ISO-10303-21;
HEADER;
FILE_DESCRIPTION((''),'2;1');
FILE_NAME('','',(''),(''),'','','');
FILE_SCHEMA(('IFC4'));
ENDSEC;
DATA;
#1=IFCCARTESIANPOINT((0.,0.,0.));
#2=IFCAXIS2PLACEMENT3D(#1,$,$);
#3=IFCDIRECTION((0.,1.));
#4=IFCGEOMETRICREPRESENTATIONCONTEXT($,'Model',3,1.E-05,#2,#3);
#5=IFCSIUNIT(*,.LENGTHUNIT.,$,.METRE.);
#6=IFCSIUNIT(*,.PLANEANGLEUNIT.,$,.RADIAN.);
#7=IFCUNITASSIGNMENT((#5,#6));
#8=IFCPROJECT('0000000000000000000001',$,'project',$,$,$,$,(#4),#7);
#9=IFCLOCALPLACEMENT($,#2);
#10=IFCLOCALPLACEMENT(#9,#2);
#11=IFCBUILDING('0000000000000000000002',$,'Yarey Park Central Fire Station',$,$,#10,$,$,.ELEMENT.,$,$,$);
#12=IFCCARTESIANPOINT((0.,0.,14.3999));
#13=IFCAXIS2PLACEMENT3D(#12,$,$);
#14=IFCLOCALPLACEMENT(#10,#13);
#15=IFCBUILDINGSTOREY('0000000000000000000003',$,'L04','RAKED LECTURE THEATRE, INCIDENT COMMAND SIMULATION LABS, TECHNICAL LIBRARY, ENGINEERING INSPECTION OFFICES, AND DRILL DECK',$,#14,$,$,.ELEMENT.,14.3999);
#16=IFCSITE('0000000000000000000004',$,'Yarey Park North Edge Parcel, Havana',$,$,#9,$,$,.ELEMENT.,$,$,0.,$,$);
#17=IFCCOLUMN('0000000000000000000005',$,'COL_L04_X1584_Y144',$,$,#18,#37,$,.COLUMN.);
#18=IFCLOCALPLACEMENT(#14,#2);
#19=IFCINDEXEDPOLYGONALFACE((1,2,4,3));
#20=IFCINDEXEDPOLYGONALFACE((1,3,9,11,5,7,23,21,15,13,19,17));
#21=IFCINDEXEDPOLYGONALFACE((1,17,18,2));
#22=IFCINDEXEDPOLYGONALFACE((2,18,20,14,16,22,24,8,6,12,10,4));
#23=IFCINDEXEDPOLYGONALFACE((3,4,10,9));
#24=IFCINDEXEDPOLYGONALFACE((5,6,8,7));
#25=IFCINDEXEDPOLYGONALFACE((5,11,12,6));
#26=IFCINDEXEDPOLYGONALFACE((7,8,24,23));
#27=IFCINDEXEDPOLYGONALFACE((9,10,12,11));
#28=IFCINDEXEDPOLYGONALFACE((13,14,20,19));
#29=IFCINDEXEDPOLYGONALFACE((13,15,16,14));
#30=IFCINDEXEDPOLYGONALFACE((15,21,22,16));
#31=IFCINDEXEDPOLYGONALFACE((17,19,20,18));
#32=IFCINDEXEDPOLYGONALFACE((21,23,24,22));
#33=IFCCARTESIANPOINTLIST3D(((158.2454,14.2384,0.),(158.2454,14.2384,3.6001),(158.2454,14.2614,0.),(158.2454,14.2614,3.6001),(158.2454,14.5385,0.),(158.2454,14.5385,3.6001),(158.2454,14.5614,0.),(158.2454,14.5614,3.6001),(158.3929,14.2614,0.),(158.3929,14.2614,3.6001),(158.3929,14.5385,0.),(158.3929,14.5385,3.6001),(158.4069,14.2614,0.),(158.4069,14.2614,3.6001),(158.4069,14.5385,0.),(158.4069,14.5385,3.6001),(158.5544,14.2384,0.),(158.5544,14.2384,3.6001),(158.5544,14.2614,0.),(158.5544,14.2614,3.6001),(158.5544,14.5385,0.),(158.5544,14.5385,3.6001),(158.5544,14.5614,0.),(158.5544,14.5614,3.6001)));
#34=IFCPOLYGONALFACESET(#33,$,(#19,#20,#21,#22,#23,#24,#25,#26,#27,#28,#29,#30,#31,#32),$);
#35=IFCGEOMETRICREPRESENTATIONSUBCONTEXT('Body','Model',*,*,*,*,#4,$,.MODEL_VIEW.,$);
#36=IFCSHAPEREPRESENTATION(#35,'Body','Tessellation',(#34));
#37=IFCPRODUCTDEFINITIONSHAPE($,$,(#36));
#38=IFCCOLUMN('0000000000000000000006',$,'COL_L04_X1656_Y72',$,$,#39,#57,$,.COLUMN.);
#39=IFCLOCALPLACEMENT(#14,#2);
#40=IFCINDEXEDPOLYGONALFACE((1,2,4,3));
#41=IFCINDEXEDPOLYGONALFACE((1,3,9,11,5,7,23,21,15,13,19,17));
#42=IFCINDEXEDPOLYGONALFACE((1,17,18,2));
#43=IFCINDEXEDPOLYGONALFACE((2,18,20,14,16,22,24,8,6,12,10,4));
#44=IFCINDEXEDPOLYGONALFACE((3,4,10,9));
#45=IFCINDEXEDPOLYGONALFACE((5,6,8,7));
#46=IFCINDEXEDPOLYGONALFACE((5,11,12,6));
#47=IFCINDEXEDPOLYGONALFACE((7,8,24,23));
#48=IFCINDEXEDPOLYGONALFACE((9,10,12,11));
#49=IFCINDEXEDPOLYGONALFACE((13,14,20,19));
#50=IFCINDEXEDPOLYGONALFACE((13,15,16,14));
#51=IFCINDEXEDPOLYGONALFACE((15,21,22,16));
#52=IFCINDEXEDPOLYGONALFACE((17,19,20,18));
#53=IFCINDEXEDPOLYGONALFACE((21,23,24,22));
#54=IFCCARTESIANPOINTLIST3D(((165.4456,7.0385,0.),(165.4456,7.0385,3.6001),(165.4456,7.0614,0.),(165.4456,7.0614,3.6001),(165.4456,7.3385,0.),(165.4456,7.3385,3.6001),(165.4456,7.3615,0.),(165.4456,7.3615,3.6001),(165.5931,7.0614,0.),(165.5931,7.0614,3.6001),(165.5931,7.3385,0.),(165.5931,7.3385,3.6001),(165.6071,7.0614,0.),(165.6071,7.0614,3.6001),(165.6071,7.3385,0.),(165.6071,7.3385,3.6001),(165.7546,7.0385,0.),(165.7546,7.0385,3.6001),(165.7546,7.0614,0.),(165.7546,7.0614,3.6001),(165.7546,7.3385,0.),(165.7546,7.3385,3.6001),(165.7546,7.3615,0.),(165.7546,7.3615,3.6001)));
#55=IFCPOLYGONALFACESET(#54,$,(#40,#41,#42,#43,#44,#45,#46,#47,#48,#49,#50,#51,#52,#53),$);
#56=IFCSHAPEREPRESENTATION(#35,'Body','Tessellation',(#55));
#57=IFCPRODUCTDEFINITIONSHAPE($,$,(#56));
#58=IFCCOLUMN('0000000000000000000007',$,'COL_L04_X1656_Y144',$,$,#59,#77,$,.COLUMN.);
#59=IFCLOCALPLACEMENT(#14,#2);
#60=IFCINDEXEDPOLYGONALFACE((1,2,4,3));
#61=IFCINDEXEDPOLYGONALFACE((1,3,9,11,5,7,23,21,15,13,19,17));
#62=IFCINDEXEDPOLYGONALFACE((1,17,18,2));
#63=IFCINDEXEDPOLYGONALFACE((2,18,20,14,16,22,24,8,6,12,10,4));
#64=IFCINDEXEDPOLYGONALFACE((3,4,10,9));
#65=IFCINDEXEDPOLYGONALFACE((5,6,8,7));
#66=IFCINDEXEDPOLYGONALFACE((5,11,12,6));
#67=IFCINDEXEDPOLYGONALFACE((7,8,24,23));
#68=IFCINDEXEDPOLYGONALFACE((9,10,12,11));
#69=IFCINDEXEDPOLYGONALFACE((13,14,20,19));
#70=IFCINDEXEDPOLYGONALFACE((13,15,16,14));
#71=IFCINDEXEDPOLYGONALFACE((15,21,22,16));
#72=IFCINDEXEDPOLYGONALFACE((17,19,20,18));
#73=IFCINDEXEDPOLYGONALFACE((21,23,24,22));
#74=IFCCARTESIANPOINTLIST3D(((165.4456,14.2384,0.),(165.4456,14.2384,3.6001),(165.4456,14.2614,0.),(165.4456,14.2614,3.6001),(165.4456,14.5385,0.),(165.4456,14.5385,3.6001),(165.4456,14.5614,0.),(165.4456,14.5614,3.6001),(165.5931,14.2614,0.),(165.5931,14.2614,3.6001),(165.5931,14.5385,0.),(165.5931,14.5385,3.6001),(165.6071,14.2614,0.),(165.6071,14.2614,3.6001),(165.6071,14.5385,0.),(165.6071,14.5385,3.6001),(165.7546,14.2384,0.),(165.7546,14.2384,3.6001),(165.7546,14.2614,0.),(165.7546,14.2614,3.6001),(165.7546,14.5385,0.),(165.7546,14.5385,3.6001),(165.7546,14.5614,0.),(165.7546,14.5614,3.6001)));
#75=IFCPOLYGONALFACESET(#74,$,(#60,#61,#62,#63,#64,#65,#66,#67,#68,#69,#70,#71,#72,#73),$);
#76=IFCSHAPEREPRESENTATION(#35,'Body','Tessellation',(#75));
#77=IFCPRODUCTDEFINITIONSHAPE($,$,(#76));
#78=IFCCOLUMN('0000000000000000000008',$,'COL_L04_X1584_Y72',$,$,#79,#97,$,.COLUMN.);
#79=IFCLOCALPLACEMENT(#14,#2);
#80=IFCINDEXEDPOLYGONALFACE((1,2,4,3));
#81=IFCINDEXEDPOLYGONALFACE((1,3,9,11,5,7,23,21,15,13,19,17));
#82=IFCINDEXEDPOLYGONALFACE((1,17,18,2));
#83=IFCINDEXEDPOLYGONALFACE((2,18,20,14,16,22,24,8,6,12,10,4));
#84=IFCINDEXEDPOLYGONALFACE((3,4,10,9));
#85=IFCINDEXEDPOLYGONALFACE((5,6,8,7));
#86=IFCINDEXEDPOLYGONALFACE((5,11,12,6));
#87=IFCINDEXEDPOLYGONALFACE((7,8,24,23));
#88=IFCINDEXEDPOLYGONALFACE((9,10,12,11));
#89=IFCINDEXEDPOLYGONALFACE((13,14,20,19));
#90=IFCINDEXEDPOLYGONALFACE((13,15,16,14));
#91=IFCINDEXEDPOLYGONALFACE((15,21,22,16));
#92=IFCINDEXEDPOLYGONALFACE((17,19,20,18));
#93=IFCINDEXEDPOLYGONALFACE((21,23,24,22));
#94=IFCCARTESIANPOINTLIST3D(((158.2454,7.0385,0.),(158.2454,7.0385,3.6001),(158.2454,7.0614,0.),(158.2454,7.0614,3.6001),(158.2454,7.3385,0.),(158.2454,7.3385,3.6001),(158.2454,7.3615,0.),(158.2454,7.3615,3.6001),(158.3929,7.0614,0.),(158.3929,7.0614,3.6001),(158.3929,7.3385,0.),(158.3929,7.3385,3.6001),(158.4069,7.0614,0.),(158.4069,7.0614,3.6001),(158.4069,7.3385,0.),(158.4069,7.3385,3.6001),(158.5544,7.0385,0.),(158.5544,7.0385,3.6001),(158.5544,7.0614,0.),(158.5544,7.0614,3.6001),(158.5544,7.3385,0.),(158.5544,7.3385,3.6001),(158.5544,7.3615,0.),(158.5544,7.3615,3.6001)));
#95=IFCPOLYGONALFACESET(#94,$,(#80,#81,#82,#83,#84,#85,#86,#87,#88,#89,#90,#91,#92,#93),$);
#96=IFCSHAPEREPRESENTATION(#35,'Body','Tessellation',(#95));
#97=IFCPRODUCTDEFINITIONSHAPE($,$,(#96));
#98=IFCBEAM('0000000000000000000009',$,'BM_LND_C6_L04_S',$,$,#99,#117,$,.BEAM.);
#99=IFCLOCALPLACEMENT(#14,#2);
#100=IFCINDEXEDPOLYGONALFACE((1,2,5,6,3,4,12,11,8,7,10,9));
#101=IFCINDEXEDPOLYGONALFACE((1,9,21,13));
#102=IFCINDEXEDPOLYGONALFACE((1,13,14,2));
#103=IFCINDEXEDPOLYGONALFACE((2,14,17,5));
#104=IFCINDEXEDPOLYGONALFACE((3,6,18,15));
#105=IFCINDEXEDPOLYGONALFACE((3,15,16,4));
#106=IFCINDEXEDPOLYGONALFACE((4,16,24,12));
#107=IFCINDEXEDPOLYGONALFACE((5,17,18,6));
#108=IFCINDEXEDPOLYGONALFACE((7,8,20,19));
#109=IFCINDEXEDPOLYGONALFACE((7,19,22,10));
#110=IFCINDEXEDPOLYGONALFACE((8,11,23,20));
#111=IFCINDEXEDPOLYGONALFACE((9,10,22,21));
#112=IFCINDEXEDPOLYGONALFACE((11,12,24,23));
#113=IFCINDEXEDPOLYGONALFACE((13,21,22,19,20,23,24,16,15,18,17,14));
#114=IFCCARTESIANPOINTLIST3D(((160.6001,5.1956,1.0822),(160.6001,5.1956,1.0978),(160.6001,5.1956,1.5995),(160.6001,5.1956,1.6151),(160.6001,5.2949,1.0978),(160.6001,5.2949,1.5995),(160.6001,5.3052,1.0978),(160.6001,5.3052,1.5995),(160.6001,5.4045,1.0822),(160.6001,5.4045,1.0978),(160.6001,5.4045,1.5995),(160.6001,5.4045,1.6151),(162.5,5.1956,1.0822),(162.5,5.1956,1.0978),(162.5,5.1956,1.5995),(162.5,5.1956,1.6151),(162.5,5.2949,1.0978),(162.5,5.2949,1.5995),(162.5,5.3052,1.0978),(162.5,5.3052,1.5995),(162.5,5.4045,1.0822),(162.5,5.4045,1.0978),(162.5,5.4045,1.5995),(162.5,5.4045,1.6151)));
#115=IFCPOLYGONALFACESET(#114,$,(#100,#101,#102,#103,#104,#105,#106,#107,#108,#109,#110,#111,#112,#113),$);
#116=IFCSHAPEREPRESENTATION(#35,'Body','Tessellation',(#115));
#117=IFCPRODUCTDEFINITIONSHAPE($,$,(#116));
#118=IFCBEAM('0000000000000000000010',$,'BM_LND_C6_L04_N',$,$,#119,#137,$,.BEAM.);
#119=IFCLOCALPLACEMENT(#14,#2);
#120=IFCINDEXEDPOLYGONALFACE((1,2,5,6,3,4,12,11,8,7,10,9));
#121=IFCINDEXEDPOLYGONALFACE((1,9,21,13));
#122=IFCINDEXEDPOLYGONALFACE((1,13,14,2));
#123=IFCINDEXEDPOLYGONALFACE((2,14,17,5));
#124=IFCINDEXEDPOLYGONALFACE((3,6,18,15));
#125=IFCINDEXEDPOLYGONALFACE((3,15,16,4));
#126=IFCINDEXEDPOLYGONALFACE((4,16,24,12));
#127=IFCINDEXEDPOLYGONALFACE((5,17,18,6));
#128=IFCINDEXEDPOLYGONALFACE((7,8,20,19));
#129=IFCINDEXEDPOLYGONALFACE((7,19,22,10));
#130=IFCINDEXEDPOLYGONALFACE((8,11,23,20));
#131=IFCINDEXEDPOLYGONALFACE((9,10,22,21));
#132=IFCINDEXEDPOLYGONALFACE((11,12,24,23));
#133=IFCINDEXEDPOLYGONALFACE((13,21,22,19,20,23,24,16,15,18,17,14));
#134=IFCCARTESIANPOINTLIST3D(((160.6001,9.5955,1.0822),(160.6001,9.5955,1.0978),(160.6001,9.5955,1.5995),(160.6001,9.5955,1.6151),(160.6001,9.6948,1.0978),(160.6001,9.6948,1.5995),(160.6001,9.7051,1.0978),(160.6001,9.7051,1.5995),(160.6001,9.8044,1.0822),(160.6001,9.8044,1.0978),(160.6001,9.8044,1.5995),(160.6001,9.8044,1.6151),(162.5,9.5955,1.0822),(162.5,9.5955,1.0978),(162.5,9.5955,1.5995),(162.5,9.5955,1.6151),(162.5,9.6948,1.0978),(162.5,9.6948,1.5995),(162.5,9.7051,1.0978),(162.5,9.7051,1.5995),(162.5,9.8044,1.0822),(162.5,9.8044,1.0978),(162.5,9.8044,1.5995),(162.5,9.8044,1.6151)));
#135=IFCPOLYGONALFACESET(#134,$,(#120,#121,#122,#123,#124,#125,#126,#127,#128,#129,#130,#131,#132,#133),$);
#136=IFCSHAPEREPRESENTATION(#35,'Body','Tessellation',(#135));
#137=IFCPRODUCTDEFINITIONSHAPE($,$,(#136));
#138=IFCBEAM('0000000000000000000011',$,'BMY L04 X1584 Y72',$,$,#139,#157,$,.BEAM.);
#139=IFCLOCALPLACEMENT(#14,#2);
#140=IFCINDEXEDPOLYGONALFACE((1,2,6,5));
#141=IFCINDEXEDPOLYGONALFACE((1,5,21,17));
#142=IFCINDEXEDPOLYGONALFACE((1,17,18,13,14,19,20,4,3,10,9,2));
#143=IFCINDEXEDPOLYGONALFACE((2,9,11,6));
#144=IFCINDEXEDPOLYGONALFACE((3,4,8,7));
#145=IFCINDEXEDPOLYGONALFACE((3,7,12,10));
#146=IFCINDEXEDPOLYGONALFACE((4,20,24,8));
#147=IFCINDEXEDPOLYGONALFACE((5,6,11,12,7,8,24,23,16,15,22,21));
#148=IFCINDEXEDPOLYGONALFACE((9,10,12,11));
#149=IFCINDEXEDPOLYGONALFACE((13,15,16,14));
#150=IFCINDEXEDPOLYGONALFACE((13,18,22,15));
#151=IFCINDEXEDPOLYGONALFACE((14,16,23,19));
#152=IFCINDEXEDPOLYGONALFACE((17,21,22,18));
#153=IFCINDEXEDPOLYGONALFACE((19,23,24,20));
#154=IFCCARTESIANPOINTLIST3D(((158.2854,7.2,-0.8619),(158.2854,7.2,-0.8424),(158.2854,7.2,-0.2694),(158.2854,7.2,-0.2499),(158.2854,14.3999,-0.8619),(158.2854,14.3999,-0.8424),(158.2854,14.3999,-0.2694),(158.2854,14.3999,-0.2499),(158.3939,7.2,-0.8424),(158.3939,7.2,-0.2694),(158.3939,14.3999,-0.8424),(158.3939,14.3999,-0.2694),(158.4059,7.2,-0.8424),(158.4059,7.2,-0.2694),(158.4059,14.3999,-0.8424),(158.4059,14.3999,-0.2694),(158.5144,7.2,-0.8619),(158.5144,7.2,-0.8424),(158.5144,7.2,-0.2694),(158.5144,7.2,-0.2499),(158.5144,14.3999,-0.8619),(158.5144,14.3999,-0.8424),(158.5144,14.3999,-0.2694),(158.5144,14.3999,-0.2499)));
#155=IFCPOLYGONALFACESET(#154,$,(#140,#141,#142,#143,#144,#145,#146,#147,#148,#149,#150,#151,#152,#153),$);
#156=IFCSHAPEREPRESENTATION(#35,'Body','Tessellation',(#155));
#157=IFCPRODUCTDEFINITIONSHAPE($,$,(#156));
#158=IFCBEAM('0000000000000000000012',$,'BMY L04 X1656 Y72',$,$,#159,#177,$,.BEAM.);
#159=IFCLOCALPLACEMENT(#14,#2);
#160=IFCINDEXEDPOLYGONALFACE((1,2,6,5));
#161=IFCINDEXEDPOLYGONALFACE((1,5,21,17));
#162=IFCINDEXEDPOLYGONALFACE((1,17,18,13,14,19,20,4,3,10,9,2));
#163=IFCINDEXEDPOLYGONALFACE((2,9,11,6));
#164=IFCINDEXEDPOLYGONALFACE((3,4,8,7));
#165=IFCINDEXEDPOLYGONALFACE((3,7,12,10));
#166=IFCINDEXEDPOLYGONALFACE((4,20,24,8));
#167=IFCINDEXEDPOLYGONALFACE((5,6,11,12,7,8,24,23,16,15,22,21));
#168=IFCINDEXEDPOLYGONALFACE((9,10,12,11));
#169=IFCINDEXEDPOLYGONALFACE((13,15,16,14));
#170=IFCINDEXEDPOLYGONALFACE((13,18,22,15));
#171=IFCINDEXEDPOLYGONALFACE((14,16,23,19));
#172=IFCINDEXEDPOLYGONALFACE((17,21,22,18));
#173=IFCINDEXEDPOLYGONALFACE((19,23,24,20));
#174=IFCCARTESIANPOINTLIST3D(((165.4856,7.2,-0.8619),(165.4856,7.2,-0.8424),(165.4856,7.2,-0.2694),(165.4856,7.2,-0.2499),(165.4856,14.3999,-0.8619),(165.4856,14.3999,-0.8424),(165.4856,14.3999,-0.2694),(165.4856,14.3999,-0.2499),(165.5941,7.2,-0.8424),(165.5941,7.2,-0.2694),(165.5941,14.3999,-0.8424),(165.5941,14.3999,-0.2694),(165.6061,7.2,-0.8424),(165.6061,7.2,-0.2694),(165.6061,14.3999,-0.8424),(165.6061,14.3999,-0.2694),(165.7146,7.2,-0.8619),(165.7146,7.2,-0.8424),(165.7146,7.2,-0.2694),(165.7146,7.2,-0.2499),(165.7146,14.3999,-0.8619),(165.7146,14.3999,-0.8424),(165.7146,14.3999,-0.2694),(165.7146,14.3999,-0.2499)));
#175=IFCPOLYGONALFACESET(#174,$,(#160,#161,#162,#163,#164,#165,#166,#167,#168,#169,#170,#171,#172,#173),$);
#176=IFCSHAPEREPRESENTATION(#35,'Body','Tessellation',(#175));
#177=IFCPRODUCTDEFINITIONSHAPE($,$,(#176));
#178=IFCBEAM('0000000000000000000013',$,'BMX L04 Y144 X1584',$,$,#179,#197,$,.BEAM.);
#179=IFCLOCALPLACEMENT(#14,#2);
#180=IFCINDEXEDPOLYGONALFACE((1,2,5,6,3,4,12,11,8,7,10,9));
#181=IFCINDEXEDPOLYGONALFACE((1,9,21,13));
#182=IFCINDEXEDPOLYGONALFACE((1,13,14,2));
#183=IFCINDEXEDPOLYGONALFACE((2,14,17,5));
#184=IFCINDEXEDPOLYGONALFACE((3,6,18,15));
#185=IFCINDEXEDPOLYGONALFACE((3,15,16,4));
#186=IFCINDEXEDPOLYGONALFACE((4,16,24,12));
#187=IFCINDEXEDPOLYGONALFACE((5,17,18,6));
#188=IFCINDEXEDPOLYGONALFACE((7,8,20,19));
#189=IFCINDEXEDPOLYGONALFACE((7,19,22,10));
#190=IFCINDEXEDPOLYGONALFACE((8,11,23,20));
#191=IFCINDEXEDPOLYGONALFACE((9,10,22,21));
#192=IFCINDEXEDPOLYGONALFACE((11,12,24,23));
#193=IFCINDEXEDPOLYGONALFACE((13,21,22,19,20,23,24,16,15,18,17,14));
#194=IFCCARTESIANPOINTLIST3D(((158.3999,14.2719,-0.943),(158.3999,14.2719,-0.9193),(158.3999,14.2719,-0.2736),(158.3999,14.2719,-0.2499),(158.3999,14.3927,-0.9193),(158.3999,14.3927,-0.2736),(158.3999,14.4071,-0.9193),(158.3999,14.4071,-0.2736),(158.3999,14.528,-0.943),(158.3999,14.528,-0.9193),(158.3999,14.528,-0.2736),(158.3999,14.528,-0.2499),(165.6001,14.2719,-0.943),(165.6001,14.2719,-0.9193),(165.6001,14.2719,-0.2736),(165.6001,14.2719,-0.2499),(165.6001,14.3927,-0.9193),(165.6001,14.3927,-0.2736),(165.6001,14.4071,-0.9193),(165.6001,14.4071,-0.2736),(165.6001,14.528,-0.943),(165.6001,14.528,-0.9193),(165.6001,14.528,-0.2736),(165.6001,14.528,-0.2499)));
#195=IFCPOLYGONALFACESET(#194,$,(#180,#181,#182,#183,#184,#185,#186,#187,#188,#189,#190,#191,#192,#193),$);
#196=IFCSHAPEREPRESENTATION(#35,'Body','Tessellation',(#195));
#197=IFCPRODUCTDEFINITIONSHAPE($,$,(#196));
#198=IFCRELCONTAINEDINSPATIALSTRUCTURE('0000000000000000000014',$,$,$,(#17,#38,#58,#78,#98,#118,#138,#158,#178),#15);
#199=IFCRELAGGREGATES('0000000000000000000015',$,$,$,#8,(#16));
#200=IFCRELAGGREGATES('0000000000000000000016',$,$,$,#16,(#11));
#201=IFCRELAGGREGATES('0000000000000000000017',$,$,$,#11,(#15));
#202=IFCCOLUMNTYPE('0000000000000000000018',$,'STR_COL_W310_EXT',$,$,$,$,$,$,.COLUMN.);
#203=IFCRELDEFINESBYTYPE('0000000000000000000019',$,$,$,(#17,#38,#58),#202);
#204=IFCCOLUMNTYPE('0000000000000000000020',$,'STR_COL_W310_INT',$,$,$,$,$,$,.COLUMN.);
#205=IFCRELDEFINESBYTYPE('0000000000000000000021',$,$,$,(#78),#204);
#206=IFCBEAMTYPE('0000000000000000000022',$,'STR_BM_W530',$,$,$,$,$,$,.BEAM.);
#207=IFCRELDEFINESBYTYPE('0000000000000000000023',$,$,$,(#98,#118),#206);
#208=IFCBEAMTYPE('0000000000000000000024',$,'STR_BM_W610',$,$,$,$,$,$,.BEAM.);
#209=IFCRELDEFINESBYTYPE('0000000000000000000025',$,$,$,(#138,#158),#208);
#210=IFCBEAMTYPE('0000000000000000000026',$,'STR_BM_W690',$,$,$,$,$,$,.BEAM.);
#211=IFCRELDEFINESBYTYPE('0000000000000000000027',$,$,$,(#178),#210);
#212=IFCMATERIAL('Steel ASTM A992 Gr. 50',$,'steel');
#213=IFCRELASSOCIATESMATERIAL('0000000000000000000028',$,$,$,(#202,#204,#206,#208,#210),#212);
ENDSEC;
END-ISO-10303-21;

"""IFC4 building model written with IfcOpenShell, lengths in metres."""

from ifc_helpers import new_model, si_unit, direction, frame, origin, origin_2d, place, context, subcontext, project, spatial, i_section, extrude, material, material_profile, profile_set, type_object, element, save


model = new_model("IFC4")

# Units and contexts
model_context = context("Model", 3, precision=1e-05, world=origin(), true_north=direction((0.0, 1.0)))
body_context = subcontext(model_context, "Body", "Model", "MODEL_VIEW")
ifc_project = project(units=[si_unit("LENGTHUNIT", "METRE"), si_unit("PLANEANGLEUNIT", "RADIAN")], contexts=[model_context])

# Site, building, storey
site_placement = place(None, origin())
site = spatial("IfcSite", under=ifc_project, at=site_placement, Name="Yarey Park North Edge Parcel, Havana", CompositionType="ELEMENT", RefElevation=0.0)
building_placement = place(site_placement, origin())
building = spatial("IfcBuilding", under=site, at=building_placement, Name="Yarey Park Central Fire Station", CompositionType="ELEMENT")
storey_placement = place(building_placement, frame((0.0, 0.0, 14.3999)))
storey = spatial("IfcBuildingStorey", under=building, at=storey_placement, Name="L04", Description="RAKED LECTURE THEATRE, INCIDENT COMMAND SIMULATION LABS, TECHNICAL LIBRARY, ENGINEERING INSPECTION OFFICES, AND DRILL DECK", CompositionType="ELEMENT", Elevation=14.3999)

# Columns
ifc_material_1 = material(Name="Steel ASTM A992 Gr. 50", Category="steel")
ifc_material_profile_1 = material_profile(ifc_material_1, i_section(OverallWidth=0.3091, OverallDepth=0.323, WebThickness=0.0139, FlangeThickness=0.0229, at=origin_2d()), Name="W310x143")
ifc_profile_set_1 = profile_set([ifc_material_profile_1], Name="Steel ASTM A992 Gr. 50")
column_type_1 = type_object("IfcColumnType", Name="STR_COL_W310_EXT", PredefinedType="COLUMN", material=ifc_profile_set_1)
for number, where, z_axis, x_axis, name in (
    (1, (158.3999, 14.3999, 0.0), (0.0, 0.0, 1.0), (1.0, 0.0, 0.0), "COL_L04_X1584_Y144"),
    (2, (165.6001, 7.2, 0.0), (0.0, 0.0, 1.0), (1.0, 0.0, 0.0), "COL_L04_X1656_Y72"),
    (3, (165.6001, 14.3999, 0.0), (0.0, 0.0, 1.0), (1.0, 0.0, 0.0), "COL_L04_X1656_Y144"),
):
    element("IfcColumn", number, at=place(storey_placement, frame(where, z_axis=z_axis, x_axis=x_axis)), inside=storey, type_object=column_type_1, Name=name, PredefinedType="COLUMN", context=body_context, shape_type="SweptSolid", body=[
        extrude(i_section(OverallWidth=0.3091, OverallDepth=0.323, WebThickness=0.0139, FlangeThickness=0.0229, at=origin_2d()), origin(), (0.0, 0.0, 1.0), 3.6001),
    ])
ifc_material_profile_2 = material_profile(ifc_material_1, i_section(OverallWidth=0.3091, OverallDepth=0.323, WebThickness=0.0139, FlangeThickness=0.0229, at=origin_2d()), Name="W310x143")
ifc_profile_set_2 = profile_set([ifc_material_profile_2], Name="Steel ASTM A992 Gr. 50")
column_type_2 = type_object("IfcColumnType", Name="STR_COL_W310_INT", PredefinedType="COLUMN", material=ifc_profile_set_2)
column_placement = place(storey_placement, frame((158.3999, 7.2, 0.0), z_axis=(0.0, 0.0, 1.0), x_axis=(1.0, 0.0, 0.0)))
element("IfcColumn", 4, at=column_placement, inside=storey, type_object=column_type_2, Name="COL_L04_X1584_Y72", PredefinedType="COLUMN", context=body_context, shape_type="SweptSolid", body=[
    extrude(i_section(OverallWidth=0.3091, OverallDepth=0.323, WebThickness=0.0139, FlangeThickness=0.0229, at=origin_2d()), origin(), (0.0, 0.0, 1.0), 3.6001),
])

# Beams
ifc_material_profile_3 = material_profile(ifc_material_1, i_section(OverallWidth=0.209, OverallDepth=0.533, WebThickness=0.0103, FlangeThickness=0.0156, at=origin_2d()), Name="W530x92")
ifc_profile_set_3 = profile_set([ifc_material_profile_3], Name="Steel ASTM A992 Gr. 50")
beam_type_1 = type_object("IfcBeamType", Name="STR_BM_W530", PredefinedType="BEAM", material=ifc_profile_set_3)
for number, where, z_axis, x_axis, name in (
    (5, (160.6001, 5.3, 1.3486), (1.0, 0.0, 0.0), (0.0, 1.0, 0.0), "BM_LND_C6_L04_S"),
    (6, (160.6001, 9.7, 1.3486), (1.0, 0.0, 0.0), (0.0, 1.0, 0.0), "BM_LND_C6_L04_N"),
):
    element("IfcBeam", number, at=place(storey_placement, frame(where, z_axis=z_axis, x_axis=x_axis)), inside=storey, type_object=beam_type_1, Name=name, PredefinedType="BEAM", context=body_context, shape_type="SweptSolid", body=[
        extrude(i_section(OverallWidth=0.209, OverallDepth=0.533, WebThickness=0.0103, FlangeThickness=0.0156, at=origin_2d()), origin(), (0.0, 0.0, 1.0), 1.8999),
    ])
ifc_material_profile_4 = material_profile(ifc_material_1, i_section(OverallWidth=0.229, OverallDepth=0.6121, WebThickness=0.012, FlangeThickness=0.0195, at=origin_2d()), Name="W610x125")
ifc_profile_set_4 = profile_set([ifc_material_profile_4], Name="Steel ASTM A992 Gr. 50")
beam_type_2 = type_object("IfcBeamType", Name="STR_BM_W610", PredefinedType="BEAM", material=ifc_profile_set_4)
for number, where, z_axis, x_axis, name in (
    (7, (158.3999, 7.2, -0.5559), (0.0, 1.0, 0.0), (-1.0, 0.0, 0.0), "BMY L04 X1584 Y72"),
    (8, (165.6001, 7.2, -0.5559), (0.0, 1.0, 0.0), (-1.0, 0.0, 0.0), "BMY L04 X1656 Y72"),
):
    element("IfcBeam", number, at=place(storey_placement, frame(where, z_axis=z_axis, x_axis=x_axis)), inside=storey, type_object=beam_type_2, Name=name, PredefinedType="BEAM", context=body_context, shape_type="SweptSolid", body=[
        extrude(i_section(OverallWidth=0.229, OverallDepth=0.6121, WebThickness=0.012, FlangeThickness=0.0195, at=origin_2d()), origin(), (0.0, 0.0, 1.0), 7.2),
    ])
ifc_material_profile_5 = material_profile(ifc_material_1, i_section(OverallWidth=0.2561, OverallDepth=0.6931, WebThickness=0.0144, FlangeThickness=0.0237, at=origin_2d()), Name="W690x170")
ifc_profile_set_5 = profile_set([ifc_material_profile_5], Name="Steel ASTM A992 Gr. 50")
beam_type_3 = type_object("IfcBeamType", Name="STR_BM_W690", PredefinedType="BEAM", material=ifc_profile_set_5)
beam_1_placement = place(storey_placement, frame((158.3999, 14.3999, -0.5964), z_axis=(1.0, 0.0, 0.0), x_axis=(0.0, 1.0, 0.0)))
element("IfcBeam", 9, at=beam_1_placement, inside=storey, type_object=beam_type_3, Name="BMX L04 Y144 X1584", PredefinedType="BEAM", context=body_context, shape_type="SweptSolid", body=[
    extrude(i_section(OverallWidth=0.2561, OverallDepth=0.6931, WebThickness=0.0144, FlangeThickness=0.0237, at=origin_2d()), origin(), (0.0, 0.0, 1.0), 7.2002),
])

save(model, "model.ifc")
